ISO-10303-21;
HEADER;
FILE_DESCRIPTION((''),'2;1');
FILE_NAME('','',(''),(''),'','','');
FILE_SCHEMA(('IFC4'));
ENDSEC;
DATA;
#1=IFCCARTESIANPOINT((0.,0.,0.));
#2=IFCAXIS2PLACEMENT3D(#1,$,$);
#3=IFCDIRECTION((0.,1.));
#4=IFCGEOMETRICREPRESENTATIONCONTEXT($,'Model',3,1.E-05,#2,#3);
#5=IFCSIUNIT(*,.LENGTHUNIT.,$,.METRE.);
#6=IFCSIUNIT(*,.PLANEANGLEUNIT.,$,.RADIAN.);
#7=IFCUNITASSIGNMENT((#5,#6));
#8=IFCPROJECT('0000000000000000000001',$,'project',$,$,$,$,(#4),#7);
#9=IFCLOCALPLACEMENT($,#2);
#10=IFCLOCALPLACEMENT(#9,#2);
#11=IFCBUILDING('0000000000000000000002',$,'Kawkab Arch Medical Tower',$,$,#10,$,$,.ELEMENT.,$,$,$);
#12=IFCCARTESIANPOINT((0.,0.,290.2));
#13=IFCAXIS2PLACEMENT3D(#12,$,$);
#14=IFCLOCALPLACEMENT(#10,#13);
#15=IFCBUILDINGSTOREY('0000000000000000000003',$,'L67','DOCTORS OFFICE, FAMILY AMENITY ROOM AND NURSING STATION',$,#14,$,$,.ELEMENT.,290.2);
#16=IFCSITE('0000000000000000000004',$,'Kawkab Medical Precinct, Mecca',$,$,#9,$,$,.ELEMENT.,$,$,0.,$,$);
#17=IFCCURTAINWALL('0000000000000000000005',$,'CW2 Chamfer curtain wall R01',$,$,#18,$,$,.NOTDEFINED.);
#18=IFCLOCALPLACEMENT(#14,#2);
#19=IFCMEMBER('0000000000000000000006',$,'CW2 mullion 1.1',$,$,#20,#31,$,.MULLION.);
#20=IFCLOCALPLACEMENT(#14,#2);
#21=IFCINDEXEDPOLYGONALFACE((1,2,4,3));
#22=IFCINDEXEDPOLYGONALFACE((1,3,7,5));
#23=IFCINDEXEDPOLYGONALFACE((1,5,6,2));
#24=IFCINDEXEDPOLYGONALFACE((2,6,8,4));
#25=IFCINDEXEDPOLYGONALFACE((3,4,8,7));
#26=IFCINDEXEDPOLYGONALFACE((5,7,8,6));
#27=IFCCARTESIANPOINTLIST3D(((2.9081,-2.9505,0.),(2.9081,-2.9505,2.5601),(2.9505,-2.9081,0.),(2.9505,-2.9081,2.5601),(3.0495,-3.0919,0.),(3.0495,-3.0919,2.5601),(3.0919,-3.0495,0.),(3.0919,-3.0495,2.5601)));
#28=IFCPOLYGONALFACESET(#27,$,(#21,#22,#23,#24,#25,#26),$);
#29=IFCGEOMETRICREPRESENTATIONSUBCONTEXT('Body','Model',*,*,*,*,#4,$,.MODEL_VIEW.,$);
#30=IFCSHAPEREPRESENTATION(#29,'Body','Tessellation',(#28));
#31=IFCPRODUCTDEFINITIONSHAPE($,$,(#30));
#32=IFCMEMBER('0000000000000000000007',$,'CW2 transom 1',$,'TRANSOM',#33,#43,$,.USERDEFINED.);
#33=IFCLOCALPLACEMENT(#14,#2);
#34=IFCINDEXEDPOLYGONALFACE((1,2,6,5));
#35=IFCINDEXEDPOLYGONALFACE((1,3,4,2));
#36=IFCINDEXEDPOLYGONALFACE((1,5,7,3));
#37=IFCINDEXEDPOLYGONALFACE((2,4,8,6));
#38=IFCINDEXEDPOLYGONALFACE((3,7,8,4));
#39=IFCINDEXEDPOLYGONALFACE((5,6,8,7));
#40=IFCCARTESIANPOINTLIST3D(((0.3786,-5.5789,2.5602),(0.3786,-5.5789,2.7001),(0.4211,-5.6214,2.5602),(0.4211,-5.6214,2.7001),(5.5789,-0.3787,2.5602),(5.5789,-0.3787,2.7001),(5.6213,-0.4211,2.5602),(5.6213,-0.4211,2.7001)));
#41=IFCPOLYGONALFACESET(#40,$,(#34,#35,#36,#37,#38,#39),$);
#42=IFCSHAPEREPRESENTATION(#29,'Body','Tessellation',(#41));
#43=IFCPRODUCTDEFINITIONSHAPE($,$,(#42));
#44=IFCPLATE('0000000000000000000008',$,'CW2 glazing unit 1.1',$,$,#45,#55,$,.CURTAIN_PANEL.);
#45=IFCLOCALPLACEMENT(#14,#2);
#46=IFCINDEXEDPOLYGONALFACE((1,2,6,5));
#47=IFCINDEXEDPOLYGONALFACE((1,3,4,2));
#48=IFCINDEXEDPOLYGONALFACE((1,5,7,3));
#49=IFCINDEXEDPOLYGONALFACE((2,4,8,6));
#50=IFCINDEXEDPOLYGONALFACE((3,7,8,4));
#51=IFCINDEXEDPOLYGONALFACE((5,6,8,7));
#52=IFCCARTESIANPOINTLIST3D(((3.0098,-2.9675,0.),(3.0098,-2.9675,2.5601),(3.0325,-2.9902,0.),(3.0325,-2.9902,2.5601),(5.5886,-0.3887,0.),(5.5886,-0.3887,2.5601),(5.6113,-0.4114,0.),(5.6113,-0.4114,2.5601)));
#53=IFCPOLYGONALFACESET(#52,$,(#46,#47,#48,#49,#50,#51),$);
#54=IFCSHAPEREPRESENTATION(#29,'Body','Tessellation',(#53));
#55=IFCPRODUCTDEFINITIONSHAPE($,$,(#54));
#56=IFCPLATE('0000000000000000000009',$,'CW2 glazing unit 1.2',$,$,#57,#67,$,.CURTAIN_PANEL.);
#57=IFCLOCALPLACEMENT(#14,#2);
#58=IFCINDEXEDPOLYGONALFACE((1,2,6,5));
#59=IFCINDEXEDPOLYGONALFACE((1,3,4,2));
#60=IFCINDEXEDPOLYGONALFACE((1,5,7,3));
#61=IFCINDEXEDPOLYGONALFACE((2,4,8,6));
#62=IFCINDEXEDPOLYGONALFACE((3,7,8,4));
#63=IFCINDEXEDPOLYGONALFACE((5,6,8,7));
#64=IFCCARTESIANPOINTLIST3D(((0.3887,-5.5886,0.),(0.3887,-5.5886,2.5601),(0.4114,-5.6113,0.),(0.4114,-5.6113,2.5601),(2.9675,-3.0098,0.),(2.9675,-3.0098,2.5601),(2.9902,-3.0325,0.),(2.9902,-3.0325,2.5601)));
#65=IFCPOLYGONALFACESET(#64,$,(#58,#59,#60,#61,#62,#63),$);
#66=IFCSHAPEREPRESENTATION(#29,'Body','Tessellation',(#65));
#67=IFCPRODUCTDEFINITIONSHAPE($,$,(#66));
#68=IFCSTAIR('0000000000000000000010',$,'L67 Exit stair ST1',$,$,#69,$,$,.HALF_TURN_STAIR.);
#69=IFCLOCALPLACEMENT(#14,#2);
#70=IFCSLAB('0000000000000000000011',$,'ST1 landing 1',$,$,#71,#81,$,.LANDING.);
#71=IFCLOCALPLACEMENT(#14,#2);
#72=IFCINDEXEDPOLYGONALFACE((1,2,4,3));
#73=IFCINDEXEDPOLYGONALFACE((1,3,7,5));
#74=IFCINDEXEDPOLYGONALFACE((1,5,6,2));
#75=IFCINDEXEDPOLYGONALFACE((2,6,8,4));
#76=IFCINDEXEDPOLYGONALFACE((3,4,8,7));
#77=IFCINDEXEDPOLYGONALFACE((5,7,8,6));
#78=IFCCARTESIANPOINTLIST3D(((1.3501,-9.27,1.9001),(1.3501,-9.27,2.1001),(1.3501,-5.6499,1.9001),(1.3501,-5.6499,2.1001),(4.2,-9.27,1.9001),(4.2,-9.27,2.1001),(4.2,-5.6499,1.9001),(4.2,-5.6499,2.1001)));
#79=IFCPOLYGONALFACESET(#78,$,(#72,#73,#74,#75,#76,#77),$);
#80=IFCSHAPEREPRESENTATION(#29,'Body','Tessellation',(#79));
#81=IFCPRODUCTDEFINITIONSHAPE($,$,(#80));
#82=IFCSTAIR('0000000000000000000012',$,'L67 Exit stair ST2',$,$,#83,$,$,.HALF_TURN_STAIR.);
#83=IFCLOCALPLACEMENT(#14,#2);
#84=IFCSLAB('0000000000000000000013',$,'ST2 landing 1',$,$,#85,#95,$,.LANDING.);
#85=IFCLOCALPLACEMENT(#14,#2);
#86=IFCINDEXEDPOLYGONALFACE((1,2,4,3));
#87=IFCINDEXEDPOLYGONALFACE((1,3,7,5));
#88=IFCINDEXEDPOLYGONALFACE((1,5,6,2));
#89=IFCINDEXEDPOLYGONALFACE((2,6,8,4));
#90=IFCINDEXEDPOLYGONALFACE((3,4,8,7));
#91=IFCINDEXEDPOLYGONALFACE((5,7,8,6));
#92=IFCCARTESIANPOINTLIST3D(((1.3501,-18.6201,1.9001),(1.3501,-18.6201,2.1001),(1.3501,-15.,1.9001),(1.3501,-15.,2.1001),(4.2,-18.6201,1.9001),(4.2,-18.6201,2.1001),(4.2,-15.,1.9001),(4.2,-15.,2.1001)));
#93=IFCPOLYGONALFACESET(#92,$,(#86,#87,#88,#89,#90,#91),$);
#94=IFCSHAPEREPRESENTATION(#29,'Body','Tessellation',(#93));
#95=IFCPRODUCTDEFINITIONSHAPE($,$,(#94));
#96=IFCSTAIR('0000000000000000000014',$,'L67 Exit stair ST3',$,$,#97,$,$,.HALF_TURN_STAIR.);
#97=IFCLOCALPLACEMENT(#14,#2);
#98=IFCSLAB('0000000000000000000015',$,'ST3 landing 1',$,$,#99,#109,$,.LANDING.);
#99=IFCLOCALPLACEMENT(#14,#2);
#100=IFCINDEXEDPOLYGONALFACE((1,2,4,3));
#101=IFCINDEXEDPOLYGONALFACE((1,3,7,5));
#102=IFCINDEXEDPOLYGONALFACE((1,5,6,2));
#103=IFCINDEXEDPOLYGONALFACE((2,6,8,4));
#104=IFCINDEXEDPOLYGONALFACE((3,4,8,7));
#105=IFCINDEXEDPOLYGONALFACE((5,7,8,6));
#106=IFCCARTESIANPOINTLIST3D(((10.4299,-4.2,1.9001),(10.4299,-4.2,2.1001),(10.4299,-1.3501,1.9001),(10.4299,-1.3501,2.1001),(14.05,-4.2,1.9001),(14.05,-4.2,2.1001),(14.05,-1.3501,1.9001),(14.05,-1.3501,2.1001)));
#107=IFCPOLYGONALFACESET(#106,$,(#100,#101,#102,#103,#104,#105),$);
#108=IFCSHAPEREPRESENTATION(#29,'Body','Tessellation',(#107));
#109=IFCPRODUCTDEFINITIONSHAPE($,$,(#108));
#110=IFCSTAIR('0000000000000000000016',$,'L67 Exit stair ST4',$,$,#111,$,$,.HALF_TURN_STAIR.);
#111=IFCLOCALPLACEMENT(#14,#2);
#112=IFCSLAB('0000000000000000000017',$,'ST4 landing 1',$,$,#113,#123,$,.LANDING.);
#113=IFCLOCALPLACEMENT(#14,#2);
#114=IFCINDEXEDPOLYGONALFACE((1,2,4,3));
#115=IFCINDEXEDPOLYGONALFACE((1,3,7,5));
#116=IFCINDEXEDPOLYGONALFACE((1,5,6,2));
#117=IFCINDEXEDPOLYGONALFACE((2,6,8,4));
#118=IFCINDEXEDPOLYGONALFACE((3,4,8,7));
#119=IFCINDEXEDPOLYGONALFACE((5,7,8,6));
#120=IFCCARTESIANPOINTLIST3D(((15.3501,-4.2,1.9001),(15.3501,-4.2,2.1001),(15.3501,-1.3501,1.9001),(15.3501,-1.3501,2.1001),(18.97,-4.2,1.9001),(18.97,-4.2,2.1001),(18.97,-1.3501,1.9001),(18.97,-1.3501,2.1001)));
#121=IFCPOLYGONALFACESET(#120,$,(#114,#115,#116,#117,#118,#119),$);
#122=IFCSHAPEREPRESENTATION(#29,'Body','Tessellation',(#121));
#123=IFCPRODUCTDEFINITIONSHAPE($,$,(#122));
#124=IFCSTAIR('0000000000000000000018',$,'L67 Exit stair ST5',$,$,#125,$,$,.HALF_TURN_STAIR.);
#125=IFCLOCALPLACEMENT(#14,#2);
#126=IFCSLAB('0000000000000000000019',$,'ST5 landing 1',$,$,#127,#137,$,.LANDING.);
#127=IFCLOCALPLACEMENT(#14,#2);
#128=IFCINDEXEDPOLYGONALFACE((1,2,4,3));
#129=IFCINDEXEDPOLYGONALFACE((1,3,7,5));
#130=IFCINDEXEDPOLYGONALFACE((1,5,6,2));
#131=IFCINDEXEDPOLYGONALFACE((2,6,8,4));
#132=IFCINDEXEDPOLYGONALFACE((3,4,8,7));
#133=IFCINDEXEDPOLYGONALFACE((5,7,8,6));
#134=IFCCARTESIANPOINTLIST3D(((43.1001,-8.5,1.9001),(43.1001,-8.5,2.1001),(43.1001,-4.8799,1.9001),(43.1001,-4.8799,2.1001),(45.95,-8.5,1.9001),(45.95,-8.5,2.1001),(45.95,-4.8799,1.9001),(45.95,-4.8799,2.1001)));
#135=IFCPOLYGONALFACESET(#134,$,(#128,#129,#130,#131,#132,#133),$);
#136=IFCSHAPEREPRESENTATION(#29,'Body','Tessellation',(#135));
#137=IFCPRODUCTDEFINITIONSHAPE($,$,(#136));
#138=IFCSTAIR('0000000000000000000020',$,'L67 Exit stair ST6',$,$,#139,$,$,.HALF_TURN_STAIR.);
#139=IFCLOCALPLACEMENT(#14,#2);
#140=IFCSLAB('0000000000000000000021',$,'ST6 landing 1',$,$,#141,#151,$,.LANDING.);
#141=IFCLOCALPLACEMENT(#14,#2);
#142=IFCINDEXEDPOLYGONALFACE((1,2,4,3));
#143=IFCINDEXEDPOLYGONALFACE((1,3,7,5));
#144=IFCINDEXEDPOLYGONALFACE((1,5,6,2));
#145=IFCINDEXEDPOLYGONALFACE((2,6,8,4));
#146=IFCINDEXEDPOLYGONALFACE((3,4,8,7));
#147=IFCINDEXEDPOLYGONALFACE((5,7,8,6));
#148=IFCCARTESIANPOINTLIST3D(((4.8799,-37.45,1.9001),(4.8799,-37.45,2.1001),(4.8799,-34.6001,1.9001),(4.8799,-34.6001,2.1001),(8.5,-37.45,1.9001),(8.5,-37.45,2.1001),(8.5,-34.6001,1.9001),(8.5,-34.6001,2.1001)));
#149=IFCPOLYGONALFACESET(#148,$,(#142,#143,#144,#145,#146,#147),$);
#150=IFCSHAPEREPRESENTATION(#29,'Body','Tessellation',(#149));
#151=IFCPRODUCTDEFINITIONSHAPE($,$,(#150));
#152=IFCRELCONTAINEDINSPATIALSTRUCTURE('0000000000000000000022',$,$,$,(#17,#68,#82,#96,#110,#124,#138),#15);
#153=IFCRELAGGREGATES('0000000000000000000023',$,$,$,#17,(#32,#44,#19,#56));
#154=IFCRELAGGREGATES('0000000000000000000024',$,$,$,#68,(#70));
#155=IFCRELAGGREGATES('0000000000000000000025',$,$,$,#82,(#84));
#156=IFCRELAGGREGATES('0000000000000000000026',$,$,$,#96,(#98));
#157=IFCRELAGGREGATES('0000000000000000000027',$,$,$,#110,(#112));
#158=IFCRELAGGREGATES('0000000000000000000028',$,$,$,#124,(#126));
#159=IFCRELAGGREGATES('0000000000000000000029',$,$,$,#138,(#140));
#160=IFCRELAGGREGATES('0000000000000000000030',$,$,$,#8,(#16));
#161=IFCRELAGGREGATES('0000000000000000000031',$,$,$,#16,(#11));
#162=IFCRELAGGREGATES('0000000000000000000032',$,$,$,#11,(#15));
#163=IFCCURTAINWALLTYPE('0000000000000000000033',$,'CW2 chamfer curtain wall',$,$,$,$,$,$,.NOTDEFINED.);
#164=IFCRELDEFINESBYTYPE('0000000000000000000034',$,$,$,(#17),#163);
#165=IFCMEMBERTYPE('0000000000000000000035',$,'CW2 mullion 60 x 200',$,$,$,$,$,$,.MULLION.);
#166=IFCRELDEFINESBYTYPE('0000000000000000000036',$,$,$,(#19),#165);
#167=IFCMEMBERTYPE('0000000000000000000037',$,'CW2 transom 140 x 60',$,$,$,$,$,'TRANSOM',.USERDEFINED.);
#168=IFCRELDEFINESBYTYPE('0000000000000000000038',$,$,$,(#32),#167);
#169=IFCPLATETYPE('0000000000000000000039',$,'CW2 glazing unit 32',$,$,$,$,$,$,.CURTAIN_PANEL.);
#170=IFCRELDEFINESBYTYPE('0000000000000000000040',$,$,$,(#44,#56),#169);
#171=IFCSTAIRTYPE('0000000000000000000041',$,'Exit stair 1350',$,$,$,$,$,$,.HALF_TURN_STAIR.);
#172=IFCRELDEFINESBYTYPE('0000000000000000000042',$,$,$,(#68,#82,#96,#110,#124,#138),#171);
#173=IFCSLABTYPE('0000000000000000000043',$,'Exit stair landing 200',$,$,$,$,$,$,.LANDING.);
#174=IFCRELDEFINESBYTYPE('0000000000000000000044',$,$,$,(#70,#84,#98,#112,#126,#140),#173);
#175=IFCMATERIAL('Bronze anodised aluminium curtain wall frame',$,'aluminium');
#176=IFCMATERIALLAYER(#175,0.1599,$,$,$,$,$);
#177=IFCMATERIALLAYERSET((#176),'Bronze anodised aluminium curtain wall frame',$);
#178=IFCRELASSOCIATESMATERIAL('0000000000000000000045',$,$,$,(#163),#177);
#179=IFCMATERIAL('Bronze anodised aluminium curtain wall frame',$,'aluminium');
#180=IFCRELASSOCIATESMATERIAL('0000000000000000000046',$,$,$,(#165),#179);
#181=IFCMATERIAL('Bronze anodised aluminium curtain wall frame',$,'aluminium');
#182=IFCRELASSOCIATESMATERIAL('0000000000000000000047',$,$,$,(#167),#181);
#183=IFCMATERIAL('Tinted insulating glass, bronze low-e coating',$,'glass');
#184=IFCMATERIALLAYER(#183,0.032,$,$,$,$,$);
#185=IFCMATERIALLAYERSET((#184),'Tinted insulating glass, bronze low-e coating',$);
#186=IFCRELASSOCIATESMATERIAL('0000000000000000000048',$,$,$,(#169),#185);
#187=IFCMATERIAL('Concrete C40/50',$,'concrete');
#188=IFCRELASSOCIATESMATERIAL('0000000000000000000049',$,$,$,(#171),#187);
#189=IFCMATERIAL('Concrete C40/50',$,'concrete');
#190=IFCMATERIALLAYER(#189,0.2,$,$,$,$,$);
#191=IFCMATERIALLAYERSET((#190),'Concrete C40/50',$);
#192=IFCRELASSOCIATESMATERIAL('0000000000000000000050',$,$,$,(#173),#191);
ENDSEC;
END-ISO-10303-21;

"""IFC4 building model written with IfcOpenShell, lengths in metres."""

from ifc_helpers import new_model, si_unit, direction, frame, origin, origin_2d, place, context, subcontext, project, spatial, polyline, rectangle, outline, extrude, material, layer, layer_set, material_profile, profile_set, type_object, element, aggregate, save


model = new_model("IFC4")

# Units and contexts
model_context = context("Model", 3, precision=1e-05, world=origin(), true_north=direction((0.0, 1.0)))
body_context = subcontext(model_context, "Body", "Model", "MODEL_VIEW")
ifc_project = project(units=[si_unit("LENGTHUNIT", "METRE"), si_unit("PLANEANGLEUNIT", "RADIAN")], contexts=[model_context])

# Site, building, storey
site_placement = place(None, origin())
site = spatial("IfcSite", under=ifc_project, at=site_placement, Name="Kawkab Medical Precinct, Mecca", CompositionType="ELEMENT", RefElevation=0.0)
building_placement = place(site_placement, origin())
building = spatial("IfcBuilding", under=site, at=building_placement, Name="Kawkab Arch Medical Tower", CompositionType="ELEMENT")
storey_placement = place(building_placement, frame((0.0, 0.0, 290.2)))
storey = spatial("IfcBuildingStorey", under=building, at=storey_placement, Name="L67", Description="DOCTORS OFFICE, FAMILY AMENITY ROOM AND NURSING STATION", CompositionType="ELEMENT", Elevation=290.2)

# Curtain wall, members, plates
ifc_material_1 = material(Name="Bronze anodised aluminium curtain wall frame", Category="aluminium")
ifc_layer_1 = layer(ifc_material_1, 0.1599)
ifc_layer_set_1 = layer_set([ifc_layer_1], Name="Bronze anodised aluminium curtain wall frame")
curtain_wall_type = type_object("IfcCurtainWallType", Name="CW2 chamfer curtain wall", PredefinedType="NOTDEFINED", material=ifc_layer_set_1)
placement_1 = place(storey_placement, origin())
curtain_wall = element("IfcCurtainWall", 1, at=placement_1, inside=storey, type_object=curtain_wall_type, Name="CW2 Chamfer curtain wall R01", PredefinedType="NOTDEFINED")
ifc_material_2 = material(Name="Bronze anodised aluminium curtain wall frame", Category="aluminium")
ifc_material_profile_1 = material_profile(ifc_material_2, rectangle(XDim=0.2, YDim=0.0601, at=origin_2d()), Name="AL 60x200")
ifc_profile_set_1 = profile_set([ifc_material_profile_1], Name="Bronze anodised aluminium curtain wall frame")
member_type_1 = type_object("IfcMemberType", Name="CW2 mullion 60 x 200", PredefinedType="MULLION", material=ifc_profile_set_1)
member_1_placement = place(storey_placement, frame((3.0, -3.0, 0.0), z_axis=(0.0, 0.0, 1.0), x_axis=(0.707107, -0.707107, 0.0)))
member_1 = element("IfcMember", 2, at=member_1_placement, type_object=member_type_1, Name="CW2 mullion 1.1", PredefinedType="MULLION", context=body_context, shape_type="SweptSolid", body=[
    extrude(rectangle(XDim=0.2, YDim=0.0601, at=origin_2d()), origin(), (0.0, 0.0, 1.0), 2.5601),
])
ifc_material_3 = material(Name="Bronze anodised aluminium curtain wall frame", Category="aluminium")
ifc_material_profile_2 = material_profile(ifc_material_3, rectangle(XDim=0.0601, YDim=0.1399, at=origin_2d()), Name="AL 60x140")
ifc_profile_set_2 = profile_set([ifc_material_profile_2], Name="Bronze anodised aluminium curtain wall frame")
member_type_2 = type_object("IfcMemberType", Name="CW2 transom 140 x 60", ElementType="TRANSOM", PredefinedType="USERDEFINED", material=ifc_profile_set_2)
member_2_placement = place(storey_placement, frame((5.6001, -0.3999, 2.6301), z_axis=(-0.707107, -0.707107, 0.0), x_axis=(0.707107, -0.707107, 0.0)))
member_2 = element("IfcMember", 3, at=member_2_placement, type_object=member_type_2, Name="CW2 transom 1", ObjectType="TRANSOM", PredefinedType="USERDEFINED", context=body_context, shape_type="SweptSolid", body=[
    extrude(rectangle(XDim=0.0601, YDim=0.1399, at=origin_2d()), origin(), (0.0, 0.0, 1.0), 7.3542),
])
ifc_material_4 = material(Name="Tinted insulating glass, bronze low-e coating", Category="glass")
ifc_layer_2 = layer(ifc_material_4, 0.032)
ifc_layer_set_2 = layer_set([ifc_layer_2], Name="Tinted insulating glass, bronze low-e coating")
plate_type = type_object("IfcPlateType", Name="CW2 glazing unit 32", PredefinedType="CURTAIN_PANEL", material=ifc_layer_set_2)
plate_1_placement = place(storey_placement, frame((4.3105, -1.6895, 0.0), z_axis=(0.0, 0.0, 1.0), x_axis=(-0.707107, -0.707107, 0.0)))
plate_1 = element("IfcPlate", 4, at=plate_1_placement, type_object=plate_type, Name="CW2 glazing unit 1.1", PredefinedType="CURTAIN_PANEL", context=body_context, shape_type="SweptSolid", body=[
    extrude(rectangle(XDim=3.647, YDim=0.032, at=origin_2d()), origin(), (0.0, 0.0, 1.0), 2.5601),
])
plate_2_placement = place(storey_placement, frame((1.6895, -4.3105, 0.0), z_axis=(0.0, 0.0, 1.0), x_axis=(-0.707107, -0.707107, 0.0)))
plate_2 = element("IfcPlate", 5, at=plate_2_placement, type_object=plate_type, Name="CW2 glazing unit 1.2", PredefinedType="CURTAIN_PANEL", context=body_context, shape_type="SweptSolid", body=[
    extrude(rectangle(XDim=3.647, YDim=0.032, at=origin_2d()), origin(), (0.0, 0.0, 1.0), 2.5601),
])
aggregate(curtain_wall, [member_2, plate_1, member_1, plate_2])

# Stairs, slabs
ifc_material_5 = material(Name="Concrete C40/50", Category="concrete")
stair_type = type_object("IfcStairType", Name="Exit stair 1350", PredefinedType="HALF_TURN_STAIR", material=ifc_material_5)
stair_1 = element("IfcStair", 6, at=placement_1, inside=storey, type_object=stair_type, Name="L67 Exit stair ST1", PredefinedType="HALF_TURN_STAIR")
ifc_material_6 = material(Name="Concrete C40/50", Category="concrete")
ifc_layer_3 = layer(ifc_material_6, 0.2)
ifc_layer_set_3 = layer_set([ifc_layer_3], Name="Concrete C40/50")
slab_type_1 = type_object("IfcSlabType", Name="Exit stair landing 200", PredefinedType="LANDING", material=ifc_layer_set_3)
placement_2 = place(storey_placement, frame((0.0, 0.0, 1.9001)))
slab_1 = element("IfcSlab", 7, at=placement_2, type_object=slab_type_1, Name="ST1 landing 1", PredefinedType="LANDING", context=body_context, shape_type="SweptSolid", body=[
    extrude(outline(polyline([(4.2, -9.27), (4.2, -5.6499), (1.3501, -5.6499), (1.3501, -9.27), (4.2, -9.27)])), origin(), (0.0, 0.0, 1.0), 0.2),
])
aggregate(stair_1, [slab_1])
stair_2 = element("IfcStair", 8, at=placement_1, inside=storey, type_object=stair_type, Name="L67 Exit stair ST2", PredefinedType="HALF_TURN_STAIR")
slab_2 = element("IfcSlab", 9, at=placement_2, type_object=slab_type_1, Name="ST2 landing 1", PredefinedType="LANDING", context=body_context, shape_type="SweptSolid", body=[
    extrude(outline(polyline([(4.2, -18.6201), (4.2, -15.0), (1.3501, -15.0), (1.3501, -18.6201), (4.2, -18.6201)])), origin(), (0.0, 0.0, 1.0), 0.2),
])
aggregate(stair_2, [slab_2])
stair_3 = element("IfcStair", 10, at=placement_1, inside=storey, type_object=stair_type, Name="L67 Exit stair ST3", PredefinedType="HALF_TURN_STAIR")
slab_3 = element("IfcSlab", 11, at=placement_2, type_object=slab_type_1, Name="ST3 landing 1", PredefinedType="LANDING", context=body_context, shape_type="SweptSolid", body=[
    extrude(outline(polyline([(10.4299, -4.2), (14.05, -4.2), (14.05, -1.3501), (10.4299, -1.3501), (10.4299, -4.2)])), origin(), (0.0, 0.0, 1.0), 0.2),
])
aggregate(stair_3, [slab_3])
stair_4 = element("IfcStair", 12, at=placement_1, inside=storey, type_object=stair_type, Name="L67 Exit stair ST4", PredefinedType="HALF_TURN_STAIR")
slab_4 = element("IfcSlab", 13, at=placement_2, type_object=slab_type_1, Name="ST4 landing 1", PredefinedType="LANDING", context=body_context, shape_type="SweptSolid", body=[
    extrude(outline(polyline([(18.97, -1.3501), (15.3501, -1.3501), (15.3501, -4.2), (18.97, -4.2), (18.97, -1.3501)])), origin(), (0.0, 0.0, 1.0), 0.2),
])
aggregate(stair_4, [slab_4])
stair_5 = element("IfcStair", 14, at=placement_1, inside=storey, type_object=stair_type, Name="L67 Exit stair ST5", PredefinedType="HALF_TURN_STAIR")
slab_5 = element("IfcSlab", 15, at=placement_2, type_object=slab_type_1, Name="ST5 landing 1", PredefinedType="LANDING", context=body_context, shape_type="SweptSolid", body=[
    extrude(outline(polyline([(43.1001, -4.8799), (43.1001, -8.5), (45.95, -8.5), (45.95, -4.8799), (43.1001, -4.8799)])), origin(), (0.0, 0.0, 1.0), 0.2),
])
aggregate(stair_5, [slab_5])
stair_6 = element("IfcStair", 16, at=placement_1, inside=storey, type_object=stair_type, Name="L67 Exit stair ST6", PredefinedType="HALF_TURN_STAIR")
slab_6 = element("IfcSlab", 17, at=placement_2, type_object=slab_type_1, Name="ST6 landing 1", PredefinedType="LANDING", context=body_context, shape_type="SweptSolid", body=[
    extrude(outline(polyline([(4.8799, -37.45), (8.5, -37.45), (8.5, -34.6001), (4.8799, -34.6001), (4.8799, -37.45)])), origin(), (0.0, 0.0, 1.0), 0.2),
])
aggregate(stair_6, [slab_6])

save(model, "model.ifc")
